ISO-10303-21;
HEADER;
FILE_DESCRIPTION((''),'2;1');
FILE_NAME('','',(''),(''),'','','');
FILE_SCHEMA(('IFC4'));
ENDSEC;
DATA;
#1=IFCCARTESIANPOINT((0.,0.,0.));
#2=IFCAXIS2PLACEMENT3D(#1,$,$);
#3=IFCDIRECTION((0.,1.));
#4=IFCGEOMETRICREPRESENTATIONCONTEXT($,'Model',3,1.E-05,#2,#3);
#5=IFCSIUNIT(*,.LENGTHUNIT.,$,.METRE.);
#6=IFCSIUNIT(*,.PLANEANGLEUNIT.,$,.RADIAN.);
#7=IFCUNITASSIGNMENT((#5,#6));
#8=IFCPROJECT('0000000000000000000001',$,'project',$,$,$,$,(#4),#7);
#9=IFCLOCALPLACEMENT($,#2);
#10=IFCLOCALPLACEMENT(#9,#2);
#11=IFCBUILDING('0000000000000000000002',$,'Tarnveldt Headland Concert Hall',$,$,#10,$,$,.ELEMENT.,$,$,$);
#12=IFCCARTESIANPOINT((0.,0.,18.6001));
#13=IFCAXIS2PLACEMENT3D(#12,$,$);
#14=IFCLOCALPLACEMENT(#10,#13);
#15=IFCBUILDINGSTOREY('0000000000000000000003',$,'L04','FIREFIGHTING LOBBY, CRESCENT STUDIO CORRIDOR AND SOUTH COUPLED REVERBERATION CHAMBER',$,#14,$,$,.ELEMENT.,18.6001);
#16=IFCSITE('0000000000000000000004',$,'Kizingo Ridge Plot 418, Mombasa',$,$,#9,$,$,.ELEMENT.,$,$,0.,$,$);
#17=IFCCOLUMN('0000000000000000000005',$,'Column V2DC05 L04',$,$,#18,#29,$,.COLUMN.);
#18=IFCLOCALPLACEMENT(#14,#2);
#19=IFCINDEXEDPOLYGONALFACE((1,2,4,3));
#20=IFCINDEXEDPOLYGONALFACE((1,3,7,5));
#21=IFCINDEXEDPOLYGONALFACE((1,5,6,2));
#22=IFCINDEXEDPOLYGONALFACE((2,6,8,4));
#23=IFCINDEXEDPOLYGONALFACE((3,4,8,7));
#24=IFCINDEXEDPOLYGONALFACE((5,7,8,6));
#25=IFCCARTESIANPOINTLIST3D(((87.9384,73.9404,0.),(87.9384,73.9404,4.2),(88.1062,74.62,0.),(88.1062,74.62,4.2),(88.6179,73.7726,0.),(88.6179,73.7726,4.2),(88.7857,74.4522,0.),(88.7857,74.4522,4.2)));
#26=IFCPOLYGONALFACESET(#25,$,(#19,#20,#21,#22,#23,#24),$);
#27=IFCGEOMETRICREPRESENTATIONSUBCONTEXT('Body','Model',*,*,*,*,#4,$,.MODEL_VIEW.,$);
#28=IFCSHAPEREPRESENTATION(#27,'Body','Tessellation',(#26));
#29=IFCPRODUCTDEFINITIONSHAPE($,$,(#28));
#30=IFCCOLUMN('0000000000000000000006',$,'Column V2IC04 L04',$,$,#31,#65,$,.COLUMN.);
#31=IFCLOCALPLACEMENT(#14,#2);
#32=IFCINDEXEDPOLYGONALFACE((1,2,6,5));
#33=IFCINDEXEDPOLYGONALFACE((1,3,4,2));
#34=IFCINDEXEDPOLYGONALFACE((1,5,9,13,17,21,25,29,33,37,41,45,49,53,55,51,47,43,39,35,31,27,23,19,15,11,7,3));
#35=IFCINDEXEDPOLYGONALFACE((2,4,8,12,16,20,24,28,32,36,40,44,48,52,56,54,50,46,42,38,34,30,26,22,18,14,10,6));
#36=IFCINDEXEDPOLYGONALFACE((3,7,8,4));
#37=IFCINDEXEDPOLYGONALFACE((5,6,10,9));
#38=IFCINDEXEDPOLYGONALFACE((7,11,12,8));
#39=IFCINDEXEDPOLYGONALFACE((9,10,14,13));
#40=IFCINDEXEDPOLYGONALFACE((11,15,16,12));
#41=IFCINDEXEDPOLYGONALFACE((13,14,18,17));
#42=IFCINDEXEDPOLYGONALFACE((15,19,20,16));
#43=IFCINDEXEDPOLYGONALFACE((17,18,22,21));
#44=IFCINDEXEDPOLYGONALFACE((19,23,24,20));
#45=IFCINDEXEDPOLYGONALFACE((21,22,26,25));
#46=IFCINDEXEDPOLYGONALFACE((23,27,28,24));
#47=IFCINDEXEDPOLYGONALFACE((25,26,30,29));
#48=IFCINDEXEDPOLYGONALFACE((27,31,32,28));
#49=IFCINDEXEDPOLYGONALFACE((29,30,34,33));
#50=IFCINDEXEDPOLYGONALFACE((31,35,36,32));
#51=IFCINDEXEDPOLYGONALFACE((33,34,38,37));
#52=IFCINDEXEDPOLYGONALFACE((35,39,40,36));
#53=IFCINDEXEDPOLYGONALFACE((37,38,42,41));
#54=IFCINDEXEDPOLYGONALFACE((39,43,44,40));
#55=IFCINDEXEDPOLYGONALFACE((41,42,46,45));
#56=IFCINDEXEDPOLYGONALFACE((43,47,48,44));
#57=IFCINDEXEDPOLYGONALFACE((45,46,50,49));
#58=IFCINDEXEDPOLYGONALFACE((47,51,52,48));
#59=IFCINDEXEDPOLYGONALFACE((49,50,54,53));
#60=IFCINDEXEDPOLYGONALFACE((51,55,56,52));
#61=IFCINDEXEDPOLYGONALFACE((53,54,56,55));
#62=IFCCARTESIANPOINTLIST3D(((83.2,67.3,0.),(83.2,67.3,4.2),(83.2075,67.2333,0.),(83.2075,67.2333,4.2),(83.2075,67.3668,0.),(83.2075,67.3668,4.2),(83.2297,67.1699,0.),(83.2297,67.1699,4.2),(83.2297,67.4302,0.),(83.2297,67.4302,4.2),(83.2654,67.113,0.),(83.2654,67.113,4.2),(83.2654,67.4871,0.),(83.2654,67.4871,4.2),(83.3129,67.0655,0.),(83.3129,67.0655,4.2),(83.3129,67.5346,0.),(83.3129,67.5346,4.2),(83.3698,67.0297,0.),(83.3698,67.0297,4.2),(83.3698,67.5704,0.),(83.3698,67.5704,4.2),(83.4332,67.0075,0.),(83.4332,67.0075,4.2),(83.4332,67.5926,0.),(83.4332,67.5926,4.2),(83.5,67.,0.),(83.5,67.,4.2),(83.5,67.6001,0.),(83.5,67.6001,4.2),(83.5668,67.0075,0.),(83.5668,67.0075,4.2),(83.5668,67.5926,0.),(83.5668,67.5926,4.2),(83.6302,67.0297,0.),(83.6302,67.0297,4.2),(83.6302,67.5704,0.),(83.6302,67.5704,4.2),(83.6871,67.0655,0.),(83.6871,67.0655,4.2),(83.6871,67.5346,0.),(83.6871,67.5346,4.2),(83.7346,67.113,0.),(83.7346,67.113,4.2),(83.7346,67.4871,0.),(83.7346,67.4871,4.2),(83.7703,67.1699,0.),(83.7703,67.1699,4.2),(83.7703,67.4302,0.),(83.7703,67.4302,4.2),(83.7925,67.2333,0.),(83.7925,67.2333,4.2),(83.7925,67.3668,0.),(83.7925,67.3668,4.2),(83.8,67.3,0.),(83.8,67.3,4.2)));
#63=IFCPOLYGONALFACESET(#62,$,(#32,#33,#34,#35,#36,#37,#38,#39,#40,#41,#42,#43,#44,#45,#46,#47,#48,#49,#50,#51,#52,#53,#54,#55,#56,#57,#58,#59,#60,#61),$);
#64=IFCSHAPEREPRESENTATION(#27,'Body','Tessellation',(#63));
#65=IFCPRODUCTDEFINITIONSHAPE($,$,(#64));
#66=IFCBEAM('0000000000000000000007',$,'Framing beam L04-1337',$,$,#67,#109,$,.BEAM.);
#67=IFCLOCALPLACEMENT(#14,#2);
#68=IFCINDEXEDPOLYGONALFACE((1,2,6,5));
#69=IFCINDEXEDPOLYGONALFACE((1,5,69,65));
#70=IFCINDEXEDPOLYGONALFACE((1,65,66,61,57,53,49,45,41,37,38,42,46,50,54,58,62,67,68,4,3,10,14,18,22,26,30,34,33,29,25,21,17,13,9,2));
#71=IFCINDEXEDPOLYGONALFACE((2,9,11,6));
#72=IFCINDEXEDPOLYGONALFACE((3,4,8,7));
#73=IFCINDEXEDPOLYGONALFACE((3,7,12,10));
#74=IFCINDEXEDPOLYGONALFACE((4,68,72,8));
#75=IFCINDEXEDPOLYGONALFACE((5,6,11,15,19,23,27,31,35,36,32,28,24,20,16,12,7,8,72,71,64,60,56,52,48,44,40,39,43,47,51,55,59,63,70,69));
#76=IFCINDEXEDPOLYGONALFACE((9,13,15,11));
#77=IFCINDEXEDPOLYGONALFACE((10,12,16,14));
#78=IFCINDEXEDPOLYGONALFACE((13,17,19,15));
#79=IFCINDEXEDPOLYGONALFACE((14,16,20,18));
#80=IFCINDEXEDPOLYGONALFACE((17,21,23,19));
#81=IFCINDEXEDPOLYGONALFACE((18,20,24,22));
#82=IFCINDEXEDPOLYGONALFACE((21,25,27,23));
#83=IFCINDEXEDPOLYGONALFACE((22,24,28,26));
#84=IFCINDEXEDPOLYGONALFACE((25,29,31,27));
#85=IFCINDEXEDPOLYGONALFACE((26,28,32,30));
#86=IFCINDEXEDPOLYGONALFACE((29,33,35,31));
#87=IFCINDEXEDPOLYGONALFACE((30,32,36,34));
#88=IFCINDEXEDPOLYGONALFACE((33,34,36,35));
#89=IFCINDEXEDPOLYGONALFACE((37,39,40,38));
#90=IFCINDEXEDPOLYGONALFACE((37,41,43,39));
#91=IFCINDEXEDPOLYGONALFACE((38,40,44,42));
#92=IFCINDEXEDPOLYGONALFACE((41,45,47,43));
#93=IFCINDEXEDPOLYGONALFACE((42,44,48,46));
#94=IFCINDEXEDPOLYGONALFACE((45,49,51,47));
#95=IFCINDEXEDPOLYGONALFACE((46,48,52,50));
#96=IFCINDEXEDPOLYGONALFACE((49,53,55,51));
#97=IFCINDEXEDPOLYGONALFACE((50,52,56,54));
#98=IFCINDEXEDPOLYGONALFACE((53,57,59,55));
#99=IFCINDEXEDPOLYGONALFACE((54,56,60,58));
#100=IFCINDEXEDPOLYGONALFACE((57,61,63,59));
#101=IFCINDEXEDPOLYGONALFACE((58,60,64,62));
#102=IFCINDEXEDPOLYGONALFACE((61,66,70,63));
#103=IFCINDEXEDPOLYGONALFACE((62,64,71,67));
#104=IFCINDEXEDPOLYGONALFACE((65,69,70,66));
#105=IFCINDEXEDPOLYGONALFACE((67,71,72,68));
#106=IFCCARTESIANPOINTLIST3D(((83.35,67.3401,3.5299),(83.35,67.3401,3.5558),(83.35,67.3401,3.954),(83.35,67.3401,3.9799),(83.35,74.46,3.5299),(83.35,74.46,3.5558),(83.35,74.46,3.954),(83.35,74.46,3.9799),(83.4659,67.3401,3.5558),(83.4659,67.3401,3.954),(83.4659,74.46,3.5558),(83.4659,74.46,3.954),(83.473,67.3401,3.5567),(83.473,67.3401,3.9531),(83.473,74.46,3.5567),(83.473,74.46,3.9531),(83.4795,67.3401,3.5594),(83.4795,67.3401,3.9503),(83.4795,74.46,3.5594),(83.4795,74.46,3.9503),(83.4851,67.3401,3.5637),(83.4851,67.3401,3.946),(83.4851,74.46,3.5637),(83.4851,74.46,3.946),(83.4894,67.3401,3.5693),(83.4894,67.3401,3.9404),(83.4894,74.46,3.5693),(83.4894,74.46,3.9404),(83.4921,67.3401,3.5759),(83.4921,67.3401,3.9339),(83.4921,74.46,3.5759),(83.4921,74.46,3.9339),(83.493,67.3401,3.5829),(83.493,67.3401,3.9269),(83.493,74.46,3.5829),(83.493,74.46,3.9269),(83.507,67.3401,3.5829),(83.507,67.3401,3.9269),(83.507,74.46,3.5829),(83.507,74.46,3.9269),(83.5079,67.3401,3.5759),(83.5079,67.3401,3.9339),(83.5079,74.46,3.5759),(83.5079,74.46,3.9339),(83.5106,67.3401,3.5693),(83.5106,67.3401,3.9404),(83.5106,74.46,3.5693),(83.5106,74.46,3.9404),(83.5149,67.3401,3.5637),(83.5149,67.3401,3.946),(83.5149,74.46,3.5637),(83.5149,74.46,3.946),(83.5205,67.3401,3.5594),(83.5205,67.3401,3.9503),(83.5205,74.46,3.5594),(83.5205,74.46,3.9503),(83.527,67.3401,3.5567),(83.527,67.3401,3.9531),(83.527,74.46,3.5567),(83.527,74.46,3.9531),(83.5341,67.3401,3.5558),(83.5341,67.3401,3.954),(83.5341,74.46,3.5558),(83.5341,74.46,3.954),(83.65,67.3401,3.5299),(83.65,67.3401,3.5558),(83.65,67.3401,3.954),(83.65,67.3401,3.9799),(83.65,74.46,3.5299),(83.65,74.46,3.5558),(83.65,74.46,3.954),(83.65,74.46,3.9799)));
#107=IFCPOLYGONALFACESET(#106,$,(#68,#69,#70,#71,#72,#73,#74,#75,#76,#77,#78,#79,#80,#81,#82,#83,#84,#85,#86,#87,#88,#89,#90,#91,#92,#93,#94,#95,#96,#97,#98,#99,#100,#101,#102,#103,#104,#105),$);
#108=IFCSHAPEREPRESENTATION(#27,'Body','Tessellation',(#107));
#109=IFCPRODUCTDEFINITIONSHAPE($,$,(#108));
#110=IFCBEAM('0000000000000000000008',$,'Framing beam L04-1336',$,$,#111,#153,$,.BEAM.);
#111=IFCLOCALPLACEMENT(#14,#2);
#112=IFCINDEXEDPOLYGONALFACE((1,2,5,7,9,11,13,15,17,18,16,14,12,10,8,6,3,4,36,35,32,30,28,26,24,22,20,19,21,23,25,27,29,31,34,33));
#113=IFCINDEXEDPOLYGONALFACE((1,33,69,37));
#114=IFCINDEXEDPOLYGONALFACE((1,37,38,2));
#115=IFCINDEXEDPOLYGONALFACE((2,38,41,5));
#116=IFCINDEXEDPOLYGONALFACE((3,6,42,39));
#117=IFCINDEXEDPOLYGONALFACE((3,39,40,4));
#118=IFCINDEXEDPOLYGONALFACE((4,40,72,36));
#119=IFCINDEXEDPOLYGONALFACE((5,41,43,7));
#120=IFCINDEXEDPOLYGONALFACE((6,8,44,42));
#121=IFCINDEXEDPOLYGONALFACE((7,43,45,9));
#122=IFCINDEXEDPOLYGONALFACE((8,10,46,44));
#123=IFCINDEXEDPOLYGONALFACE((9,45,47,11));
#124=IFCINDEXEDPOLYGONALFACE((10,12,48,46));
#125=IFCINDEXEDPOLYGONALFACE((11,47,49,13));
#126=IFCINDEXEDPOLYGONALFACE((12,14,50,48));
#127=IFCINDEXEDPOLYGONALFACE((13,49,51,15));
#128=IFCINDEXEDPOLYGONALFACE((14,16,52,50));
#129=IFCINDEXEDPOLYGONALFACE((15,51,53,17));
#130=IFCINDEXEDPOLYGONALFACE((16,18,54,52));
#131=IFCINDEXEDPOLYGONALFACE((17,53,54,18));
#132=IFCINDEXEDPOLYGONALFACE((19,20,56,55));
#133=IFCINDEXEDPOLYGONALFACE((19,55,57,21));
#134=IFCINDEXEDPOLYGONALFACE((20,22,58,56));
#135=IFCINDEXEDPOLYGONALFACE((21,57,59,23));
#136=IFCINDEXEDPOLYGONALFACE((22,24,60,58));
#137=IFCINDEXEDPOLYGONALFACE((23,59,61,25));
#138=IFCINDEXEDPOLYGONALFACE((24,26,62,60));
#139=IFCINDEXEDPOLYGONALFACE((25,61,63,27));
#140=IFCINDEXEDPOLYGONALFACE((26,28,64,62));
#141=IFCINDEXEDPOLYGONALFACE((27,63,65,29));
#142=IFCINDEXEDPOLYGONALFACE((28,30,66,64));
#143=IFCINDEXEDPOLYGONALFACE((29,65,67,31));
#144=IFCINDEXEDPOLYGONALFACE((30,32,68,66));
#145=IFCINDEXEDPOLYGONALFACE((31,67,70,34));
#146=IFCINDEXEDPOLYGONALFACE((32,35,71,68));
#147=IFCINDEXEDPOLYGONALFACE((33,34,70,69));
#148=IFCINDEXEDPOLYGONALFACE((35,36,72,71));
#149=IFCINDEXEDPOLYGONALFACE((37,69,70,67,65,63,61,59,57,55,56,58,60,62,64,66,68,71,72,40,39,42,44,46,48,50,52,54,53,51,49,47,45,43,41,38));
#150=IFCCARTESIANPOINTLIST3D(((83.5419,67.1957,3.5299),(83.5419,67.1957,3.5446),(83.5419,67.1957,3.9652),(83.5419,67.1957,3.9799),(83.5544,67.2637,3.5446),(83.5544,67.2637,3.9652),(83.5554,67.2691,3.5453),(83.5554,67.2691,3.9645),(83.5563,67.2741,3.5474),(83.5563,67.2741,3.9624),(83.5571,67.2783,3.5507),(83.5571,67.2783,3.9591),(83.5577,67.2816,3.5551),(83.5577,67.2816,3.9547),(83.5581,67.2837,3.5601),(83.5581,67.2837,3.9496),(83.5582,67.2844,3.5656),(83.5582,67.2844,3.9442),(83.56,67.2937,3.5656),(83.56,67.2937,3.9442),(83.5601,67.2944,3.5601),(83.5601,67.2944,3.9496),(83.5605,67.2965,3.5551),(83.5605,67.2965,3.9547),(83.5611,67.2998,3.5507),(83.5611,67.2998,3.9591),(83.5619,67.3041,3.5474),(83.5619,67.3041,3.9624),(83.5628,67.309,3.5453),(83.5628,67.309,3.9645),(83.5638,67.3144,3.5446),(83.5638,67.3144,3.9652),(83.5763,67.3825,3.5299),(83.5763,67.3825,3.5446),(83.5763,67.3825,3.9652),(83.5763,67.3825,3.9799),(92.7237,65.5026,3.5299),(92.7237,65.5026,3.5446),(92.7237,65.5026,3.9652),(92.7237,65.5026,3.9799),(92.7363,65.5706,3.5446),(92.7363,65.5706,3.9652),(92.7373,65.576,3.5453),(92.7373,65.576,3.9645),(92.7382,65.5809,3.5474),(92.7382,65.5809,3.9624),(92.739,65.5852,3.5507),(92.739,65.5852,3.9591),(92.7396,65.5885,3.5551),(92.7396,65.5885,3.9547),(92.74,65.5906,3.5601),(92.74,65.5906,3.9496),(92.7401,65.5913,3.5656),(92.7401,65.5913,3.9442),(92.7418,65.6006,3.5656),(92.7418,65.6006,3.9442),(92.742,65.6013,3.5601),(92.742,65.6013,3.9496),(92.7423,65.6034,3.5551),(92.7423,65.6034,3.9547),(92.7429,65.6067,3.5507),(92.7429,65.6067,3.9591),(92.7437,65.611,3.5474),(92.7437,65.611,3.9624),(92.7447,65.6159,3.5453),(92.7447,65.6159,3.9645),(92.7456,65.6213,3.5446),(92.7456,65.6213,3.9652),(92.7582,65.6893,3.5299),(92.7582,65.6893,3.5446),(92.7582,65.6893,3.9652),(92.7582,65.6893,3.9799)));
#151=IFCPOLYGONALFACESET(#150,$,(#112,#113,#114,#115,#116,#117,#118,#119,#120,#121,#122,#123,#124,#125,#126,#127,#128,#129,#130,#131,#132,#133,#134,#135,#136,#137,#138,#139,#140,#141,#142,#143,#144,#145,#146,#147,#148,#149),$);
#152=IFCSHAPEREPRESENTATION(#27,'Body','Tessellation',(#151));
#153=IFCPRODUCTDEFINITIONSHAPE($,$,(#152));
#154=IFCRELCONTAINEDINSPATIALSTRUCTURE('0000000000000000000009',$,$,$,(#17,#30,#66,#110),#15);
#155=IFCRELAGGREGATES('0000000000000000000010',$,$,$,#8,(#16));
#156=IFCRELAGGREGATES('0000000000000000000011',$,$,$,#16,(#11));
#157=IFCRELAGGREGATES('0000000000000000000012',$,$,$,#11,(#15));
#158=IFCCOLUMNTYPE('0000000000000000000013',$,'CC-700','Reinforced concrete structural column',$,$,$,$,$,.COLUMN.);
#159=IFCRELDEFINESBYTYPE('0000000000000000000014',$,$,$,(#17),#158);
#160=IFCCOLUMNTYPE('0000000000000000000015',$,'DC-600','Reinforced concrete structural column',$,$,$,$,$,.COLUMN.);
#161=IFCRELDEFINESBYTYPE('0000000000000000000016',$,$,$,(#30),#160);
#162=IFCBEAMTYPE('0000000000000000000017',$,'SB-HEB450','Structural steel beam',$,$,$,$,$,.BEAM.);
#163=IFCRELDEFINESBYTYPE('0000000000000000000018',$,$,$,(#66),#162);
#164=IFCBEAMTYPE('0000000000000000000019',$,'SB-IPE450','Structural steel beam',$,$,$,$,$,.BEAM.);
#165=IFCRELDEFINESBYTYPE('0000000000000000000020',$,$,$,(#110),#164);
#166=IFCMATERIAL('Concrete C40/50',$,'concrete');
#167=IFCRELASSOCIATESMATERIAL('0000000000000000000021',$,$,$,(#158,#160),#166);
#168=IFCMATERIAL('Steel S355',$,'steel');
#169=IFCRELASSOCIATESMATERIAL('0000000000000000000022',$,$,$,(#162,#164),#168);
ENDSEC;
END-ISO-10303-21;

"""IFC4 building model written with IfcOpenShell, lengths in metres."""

from ifc_helpers import new_model, si_unit, direction, frame, origin, origin_2d, place, context, subcontext, project, spatial, rectangle, circle, i_section, extrude, material, material_profile, profile_set, type_object, element, save


model = new_model("IFC4")

# Units and contexts
model_context = context("Model", 3, precision=1e-05, world=origin(), true_north=direction((0.0, 1.0)))
body_context = subcontext(model_context, "Body", "Model", "MODEL_VIEW")
ifc_project = project(units=[si_unit("LENGTHUNIT", "METRE"), si_unit("PLANEANGLEUNIT", "RADIAN")], contexts=[model_context])

# Site, building, storey
site_placement = place(None, origin())
site = spatial("IfcSite", under=ifc_project, at=site_placement, Name="Kizingo Ridge Plot 418, Mombasa", CompositionType="ELEMENT", RefElevation=0.0)
building_placement = place(site_placement, origin())
building = spatial("IfcBuilding", under=site, at=building_placement, Name="Tarnveldt Headland Concert Hall", CompositionType="ELEMENT")
storey_placement = place(building_placement, frame((0.0, 0.0, 18.6001)))
storey = spatial("IfcBuildingStorey", under=building, at=storey_placement, Name="L04", Description="FIREFIGHTING LOBBY, CRESCENT STUDIO CORRIDOR AND SOUTH COUPLED REVERBERATION CHAMBER", CompositionType="ELEMENT", Elevation=18.6001)

# Columns
ifc_material_1 = material(Name="Concrete C40/50", Category="concrete")
ifc_material_profile_1 = material_profile(ifc_material_1, rectangle(XDim=0.7, YDim=0.7, at=origin_2d()), Name="RC 700x700", Category="concrete")
ifc_profile_set_1 = profile_set([ifc_material_profile_1], Name="Concrete C40/50")
column_type_1 = type_object("IfcColumnType", Name="CC-700", Description="Reinforced concrete structural column", PredefinedType="COLUMN", material=ifc_profile_set_1)
column_1_placement = place(storey_placement, frame((88.3621, 74.1963, 0.0), z_axis=(0.0, 0.0, 1.0), x_axis=(0.23972, 0.970842, 0.0)))
element("IfcColumn", 1, at=column_1_placement, inside=storey, type_object=column_type_1, Name="Column V2DC05 L04", PredefinedType="COLUMN", context=body_context, shape_type="SweptSolid", body=[
    extrude(rectangle(XDim=0.7, YDim=0.7, at=origin_2d()), origin(), (0.0, 0.0, 1.0), 4.2),
])
ifc_material_profile_2 = material_profile(ifc_material_1, circle(Radius=0.3, at=origin_2d()), Name="RC D600", Category="concrete")
ifc_profile_set_2 = profile_set([ifc_material_profile_2], Name="Concrete C40/50")
column_type_2 = type_object("IfcColumnType", Name="DC-600", Description="Reinforced concrete structural column", PredefinedType="COLUMN", material=ifc_profile_set_2)
column_2_placement = place(storey_placement, frame((83.5, 67.3, 0.0), z_axis=(0.0, 0.0, 1.0), x_axis=(0.0, 1.0, 0.0)))
element("IfcColumn", 2, at=column_2_placement, inside=storey, type_object=column_type_2, Name="Column V2IC04 L04", PredefinedType="COLUMN", context=body_context, shape_type="SweptSolid", body=[
    extrude(circle(Radius=0.3, at=origin_2d()), origin(), (0.0, 0.0, 1.0), 4.2),
])

# Beams
ifc_material_2 = material(Name="Steel S355", Category="steel")
ifc_material_profile_3 = material_profile(ifc_material_2, i_section(OverallWidth=0.3, OverallDepth=0.45, WebThickness=0.0139, FlangeThickness=0.0259, FilletRadius=0.0271, at=origin_2d()), Name="HEB450", Category="steel")
ifc_profile_set_3 = profile_set([ifc_material_profile_3], Name="Steel S355")
beam_type_1 = type_object("IfcBeamType", Name="SB-HEB450", Description="Structural steel beam", PredefinedType="BEAM", material=ifc_profile_set_3)
beam_placement = place(storey_placement, frame((83.5, 67.3401, 3.7549), z_axis=(0.0, 1.0, 0.0), x_axis=(-1.0, 0.0, 0.0)))
element("IfcBeam", 3, at=beam_placement, inside=storey, type_object=beam_type_1, Name="Framing beam L04-1337", PredefinedType="BEAM", context=body_context, shape_type="SweptSolid", body=[
    extrude(i_section(OverallWidth=0.3, OverallDepth=0.45, WebThickness=0.0139, FlangeThickness=0.0259, FilletRadius=0.0271, at=origin_2d()), origin(), (0.0, 0.0, 1.0), 7.1199),
])
ifc_material_profile_4 = material_profile(ifc_material_2, i_section(OverallWidth=0.1899, OverallDepth=0.45, WebThickness=0.0095, FlangeThickness=0.0146, FilletRadius=0.021, at=origin_2d()), Name="IPE450", Category="steel")
ifc_profile_set_4 = profile_set([ifc_material_profile_4], Name="Steel S355")
beam_type_2 = type_object("IfcBeamType", Name="SB-IPE450", Description="Structural steel beam", PredefinedType="BEAM", material=ifc_profile_set_4)
for number, where, z_axis, x_axis, name in (
    (4, (92.741, 65.5959, 3.7549), (-0.98342, 0.18134, 0.0), (-0.18134, -0.98342, 0.0), "Framing beam L04-1336"),
):
    element("IfcBeam", number, at=place(storey_placement, frame(where, z_axis=z_axis, x_axis=x_axis)), inside=storey, type_object=beam_type_2, Name=name, PredefinedType="BEAM", context=body_context, shape_type="SweptSolid", body=[
        extrude(i_section(OverallWidth=0.1899, OverallDepth=0.45, WebThickness=0.0095, FlangeThickness=0.0146, FilletRadius=0.021, at=origin_2d()), origin(), (0.0, 0.0, 1.0), 9.3367),
    ])

save(model, "model.ifc")
